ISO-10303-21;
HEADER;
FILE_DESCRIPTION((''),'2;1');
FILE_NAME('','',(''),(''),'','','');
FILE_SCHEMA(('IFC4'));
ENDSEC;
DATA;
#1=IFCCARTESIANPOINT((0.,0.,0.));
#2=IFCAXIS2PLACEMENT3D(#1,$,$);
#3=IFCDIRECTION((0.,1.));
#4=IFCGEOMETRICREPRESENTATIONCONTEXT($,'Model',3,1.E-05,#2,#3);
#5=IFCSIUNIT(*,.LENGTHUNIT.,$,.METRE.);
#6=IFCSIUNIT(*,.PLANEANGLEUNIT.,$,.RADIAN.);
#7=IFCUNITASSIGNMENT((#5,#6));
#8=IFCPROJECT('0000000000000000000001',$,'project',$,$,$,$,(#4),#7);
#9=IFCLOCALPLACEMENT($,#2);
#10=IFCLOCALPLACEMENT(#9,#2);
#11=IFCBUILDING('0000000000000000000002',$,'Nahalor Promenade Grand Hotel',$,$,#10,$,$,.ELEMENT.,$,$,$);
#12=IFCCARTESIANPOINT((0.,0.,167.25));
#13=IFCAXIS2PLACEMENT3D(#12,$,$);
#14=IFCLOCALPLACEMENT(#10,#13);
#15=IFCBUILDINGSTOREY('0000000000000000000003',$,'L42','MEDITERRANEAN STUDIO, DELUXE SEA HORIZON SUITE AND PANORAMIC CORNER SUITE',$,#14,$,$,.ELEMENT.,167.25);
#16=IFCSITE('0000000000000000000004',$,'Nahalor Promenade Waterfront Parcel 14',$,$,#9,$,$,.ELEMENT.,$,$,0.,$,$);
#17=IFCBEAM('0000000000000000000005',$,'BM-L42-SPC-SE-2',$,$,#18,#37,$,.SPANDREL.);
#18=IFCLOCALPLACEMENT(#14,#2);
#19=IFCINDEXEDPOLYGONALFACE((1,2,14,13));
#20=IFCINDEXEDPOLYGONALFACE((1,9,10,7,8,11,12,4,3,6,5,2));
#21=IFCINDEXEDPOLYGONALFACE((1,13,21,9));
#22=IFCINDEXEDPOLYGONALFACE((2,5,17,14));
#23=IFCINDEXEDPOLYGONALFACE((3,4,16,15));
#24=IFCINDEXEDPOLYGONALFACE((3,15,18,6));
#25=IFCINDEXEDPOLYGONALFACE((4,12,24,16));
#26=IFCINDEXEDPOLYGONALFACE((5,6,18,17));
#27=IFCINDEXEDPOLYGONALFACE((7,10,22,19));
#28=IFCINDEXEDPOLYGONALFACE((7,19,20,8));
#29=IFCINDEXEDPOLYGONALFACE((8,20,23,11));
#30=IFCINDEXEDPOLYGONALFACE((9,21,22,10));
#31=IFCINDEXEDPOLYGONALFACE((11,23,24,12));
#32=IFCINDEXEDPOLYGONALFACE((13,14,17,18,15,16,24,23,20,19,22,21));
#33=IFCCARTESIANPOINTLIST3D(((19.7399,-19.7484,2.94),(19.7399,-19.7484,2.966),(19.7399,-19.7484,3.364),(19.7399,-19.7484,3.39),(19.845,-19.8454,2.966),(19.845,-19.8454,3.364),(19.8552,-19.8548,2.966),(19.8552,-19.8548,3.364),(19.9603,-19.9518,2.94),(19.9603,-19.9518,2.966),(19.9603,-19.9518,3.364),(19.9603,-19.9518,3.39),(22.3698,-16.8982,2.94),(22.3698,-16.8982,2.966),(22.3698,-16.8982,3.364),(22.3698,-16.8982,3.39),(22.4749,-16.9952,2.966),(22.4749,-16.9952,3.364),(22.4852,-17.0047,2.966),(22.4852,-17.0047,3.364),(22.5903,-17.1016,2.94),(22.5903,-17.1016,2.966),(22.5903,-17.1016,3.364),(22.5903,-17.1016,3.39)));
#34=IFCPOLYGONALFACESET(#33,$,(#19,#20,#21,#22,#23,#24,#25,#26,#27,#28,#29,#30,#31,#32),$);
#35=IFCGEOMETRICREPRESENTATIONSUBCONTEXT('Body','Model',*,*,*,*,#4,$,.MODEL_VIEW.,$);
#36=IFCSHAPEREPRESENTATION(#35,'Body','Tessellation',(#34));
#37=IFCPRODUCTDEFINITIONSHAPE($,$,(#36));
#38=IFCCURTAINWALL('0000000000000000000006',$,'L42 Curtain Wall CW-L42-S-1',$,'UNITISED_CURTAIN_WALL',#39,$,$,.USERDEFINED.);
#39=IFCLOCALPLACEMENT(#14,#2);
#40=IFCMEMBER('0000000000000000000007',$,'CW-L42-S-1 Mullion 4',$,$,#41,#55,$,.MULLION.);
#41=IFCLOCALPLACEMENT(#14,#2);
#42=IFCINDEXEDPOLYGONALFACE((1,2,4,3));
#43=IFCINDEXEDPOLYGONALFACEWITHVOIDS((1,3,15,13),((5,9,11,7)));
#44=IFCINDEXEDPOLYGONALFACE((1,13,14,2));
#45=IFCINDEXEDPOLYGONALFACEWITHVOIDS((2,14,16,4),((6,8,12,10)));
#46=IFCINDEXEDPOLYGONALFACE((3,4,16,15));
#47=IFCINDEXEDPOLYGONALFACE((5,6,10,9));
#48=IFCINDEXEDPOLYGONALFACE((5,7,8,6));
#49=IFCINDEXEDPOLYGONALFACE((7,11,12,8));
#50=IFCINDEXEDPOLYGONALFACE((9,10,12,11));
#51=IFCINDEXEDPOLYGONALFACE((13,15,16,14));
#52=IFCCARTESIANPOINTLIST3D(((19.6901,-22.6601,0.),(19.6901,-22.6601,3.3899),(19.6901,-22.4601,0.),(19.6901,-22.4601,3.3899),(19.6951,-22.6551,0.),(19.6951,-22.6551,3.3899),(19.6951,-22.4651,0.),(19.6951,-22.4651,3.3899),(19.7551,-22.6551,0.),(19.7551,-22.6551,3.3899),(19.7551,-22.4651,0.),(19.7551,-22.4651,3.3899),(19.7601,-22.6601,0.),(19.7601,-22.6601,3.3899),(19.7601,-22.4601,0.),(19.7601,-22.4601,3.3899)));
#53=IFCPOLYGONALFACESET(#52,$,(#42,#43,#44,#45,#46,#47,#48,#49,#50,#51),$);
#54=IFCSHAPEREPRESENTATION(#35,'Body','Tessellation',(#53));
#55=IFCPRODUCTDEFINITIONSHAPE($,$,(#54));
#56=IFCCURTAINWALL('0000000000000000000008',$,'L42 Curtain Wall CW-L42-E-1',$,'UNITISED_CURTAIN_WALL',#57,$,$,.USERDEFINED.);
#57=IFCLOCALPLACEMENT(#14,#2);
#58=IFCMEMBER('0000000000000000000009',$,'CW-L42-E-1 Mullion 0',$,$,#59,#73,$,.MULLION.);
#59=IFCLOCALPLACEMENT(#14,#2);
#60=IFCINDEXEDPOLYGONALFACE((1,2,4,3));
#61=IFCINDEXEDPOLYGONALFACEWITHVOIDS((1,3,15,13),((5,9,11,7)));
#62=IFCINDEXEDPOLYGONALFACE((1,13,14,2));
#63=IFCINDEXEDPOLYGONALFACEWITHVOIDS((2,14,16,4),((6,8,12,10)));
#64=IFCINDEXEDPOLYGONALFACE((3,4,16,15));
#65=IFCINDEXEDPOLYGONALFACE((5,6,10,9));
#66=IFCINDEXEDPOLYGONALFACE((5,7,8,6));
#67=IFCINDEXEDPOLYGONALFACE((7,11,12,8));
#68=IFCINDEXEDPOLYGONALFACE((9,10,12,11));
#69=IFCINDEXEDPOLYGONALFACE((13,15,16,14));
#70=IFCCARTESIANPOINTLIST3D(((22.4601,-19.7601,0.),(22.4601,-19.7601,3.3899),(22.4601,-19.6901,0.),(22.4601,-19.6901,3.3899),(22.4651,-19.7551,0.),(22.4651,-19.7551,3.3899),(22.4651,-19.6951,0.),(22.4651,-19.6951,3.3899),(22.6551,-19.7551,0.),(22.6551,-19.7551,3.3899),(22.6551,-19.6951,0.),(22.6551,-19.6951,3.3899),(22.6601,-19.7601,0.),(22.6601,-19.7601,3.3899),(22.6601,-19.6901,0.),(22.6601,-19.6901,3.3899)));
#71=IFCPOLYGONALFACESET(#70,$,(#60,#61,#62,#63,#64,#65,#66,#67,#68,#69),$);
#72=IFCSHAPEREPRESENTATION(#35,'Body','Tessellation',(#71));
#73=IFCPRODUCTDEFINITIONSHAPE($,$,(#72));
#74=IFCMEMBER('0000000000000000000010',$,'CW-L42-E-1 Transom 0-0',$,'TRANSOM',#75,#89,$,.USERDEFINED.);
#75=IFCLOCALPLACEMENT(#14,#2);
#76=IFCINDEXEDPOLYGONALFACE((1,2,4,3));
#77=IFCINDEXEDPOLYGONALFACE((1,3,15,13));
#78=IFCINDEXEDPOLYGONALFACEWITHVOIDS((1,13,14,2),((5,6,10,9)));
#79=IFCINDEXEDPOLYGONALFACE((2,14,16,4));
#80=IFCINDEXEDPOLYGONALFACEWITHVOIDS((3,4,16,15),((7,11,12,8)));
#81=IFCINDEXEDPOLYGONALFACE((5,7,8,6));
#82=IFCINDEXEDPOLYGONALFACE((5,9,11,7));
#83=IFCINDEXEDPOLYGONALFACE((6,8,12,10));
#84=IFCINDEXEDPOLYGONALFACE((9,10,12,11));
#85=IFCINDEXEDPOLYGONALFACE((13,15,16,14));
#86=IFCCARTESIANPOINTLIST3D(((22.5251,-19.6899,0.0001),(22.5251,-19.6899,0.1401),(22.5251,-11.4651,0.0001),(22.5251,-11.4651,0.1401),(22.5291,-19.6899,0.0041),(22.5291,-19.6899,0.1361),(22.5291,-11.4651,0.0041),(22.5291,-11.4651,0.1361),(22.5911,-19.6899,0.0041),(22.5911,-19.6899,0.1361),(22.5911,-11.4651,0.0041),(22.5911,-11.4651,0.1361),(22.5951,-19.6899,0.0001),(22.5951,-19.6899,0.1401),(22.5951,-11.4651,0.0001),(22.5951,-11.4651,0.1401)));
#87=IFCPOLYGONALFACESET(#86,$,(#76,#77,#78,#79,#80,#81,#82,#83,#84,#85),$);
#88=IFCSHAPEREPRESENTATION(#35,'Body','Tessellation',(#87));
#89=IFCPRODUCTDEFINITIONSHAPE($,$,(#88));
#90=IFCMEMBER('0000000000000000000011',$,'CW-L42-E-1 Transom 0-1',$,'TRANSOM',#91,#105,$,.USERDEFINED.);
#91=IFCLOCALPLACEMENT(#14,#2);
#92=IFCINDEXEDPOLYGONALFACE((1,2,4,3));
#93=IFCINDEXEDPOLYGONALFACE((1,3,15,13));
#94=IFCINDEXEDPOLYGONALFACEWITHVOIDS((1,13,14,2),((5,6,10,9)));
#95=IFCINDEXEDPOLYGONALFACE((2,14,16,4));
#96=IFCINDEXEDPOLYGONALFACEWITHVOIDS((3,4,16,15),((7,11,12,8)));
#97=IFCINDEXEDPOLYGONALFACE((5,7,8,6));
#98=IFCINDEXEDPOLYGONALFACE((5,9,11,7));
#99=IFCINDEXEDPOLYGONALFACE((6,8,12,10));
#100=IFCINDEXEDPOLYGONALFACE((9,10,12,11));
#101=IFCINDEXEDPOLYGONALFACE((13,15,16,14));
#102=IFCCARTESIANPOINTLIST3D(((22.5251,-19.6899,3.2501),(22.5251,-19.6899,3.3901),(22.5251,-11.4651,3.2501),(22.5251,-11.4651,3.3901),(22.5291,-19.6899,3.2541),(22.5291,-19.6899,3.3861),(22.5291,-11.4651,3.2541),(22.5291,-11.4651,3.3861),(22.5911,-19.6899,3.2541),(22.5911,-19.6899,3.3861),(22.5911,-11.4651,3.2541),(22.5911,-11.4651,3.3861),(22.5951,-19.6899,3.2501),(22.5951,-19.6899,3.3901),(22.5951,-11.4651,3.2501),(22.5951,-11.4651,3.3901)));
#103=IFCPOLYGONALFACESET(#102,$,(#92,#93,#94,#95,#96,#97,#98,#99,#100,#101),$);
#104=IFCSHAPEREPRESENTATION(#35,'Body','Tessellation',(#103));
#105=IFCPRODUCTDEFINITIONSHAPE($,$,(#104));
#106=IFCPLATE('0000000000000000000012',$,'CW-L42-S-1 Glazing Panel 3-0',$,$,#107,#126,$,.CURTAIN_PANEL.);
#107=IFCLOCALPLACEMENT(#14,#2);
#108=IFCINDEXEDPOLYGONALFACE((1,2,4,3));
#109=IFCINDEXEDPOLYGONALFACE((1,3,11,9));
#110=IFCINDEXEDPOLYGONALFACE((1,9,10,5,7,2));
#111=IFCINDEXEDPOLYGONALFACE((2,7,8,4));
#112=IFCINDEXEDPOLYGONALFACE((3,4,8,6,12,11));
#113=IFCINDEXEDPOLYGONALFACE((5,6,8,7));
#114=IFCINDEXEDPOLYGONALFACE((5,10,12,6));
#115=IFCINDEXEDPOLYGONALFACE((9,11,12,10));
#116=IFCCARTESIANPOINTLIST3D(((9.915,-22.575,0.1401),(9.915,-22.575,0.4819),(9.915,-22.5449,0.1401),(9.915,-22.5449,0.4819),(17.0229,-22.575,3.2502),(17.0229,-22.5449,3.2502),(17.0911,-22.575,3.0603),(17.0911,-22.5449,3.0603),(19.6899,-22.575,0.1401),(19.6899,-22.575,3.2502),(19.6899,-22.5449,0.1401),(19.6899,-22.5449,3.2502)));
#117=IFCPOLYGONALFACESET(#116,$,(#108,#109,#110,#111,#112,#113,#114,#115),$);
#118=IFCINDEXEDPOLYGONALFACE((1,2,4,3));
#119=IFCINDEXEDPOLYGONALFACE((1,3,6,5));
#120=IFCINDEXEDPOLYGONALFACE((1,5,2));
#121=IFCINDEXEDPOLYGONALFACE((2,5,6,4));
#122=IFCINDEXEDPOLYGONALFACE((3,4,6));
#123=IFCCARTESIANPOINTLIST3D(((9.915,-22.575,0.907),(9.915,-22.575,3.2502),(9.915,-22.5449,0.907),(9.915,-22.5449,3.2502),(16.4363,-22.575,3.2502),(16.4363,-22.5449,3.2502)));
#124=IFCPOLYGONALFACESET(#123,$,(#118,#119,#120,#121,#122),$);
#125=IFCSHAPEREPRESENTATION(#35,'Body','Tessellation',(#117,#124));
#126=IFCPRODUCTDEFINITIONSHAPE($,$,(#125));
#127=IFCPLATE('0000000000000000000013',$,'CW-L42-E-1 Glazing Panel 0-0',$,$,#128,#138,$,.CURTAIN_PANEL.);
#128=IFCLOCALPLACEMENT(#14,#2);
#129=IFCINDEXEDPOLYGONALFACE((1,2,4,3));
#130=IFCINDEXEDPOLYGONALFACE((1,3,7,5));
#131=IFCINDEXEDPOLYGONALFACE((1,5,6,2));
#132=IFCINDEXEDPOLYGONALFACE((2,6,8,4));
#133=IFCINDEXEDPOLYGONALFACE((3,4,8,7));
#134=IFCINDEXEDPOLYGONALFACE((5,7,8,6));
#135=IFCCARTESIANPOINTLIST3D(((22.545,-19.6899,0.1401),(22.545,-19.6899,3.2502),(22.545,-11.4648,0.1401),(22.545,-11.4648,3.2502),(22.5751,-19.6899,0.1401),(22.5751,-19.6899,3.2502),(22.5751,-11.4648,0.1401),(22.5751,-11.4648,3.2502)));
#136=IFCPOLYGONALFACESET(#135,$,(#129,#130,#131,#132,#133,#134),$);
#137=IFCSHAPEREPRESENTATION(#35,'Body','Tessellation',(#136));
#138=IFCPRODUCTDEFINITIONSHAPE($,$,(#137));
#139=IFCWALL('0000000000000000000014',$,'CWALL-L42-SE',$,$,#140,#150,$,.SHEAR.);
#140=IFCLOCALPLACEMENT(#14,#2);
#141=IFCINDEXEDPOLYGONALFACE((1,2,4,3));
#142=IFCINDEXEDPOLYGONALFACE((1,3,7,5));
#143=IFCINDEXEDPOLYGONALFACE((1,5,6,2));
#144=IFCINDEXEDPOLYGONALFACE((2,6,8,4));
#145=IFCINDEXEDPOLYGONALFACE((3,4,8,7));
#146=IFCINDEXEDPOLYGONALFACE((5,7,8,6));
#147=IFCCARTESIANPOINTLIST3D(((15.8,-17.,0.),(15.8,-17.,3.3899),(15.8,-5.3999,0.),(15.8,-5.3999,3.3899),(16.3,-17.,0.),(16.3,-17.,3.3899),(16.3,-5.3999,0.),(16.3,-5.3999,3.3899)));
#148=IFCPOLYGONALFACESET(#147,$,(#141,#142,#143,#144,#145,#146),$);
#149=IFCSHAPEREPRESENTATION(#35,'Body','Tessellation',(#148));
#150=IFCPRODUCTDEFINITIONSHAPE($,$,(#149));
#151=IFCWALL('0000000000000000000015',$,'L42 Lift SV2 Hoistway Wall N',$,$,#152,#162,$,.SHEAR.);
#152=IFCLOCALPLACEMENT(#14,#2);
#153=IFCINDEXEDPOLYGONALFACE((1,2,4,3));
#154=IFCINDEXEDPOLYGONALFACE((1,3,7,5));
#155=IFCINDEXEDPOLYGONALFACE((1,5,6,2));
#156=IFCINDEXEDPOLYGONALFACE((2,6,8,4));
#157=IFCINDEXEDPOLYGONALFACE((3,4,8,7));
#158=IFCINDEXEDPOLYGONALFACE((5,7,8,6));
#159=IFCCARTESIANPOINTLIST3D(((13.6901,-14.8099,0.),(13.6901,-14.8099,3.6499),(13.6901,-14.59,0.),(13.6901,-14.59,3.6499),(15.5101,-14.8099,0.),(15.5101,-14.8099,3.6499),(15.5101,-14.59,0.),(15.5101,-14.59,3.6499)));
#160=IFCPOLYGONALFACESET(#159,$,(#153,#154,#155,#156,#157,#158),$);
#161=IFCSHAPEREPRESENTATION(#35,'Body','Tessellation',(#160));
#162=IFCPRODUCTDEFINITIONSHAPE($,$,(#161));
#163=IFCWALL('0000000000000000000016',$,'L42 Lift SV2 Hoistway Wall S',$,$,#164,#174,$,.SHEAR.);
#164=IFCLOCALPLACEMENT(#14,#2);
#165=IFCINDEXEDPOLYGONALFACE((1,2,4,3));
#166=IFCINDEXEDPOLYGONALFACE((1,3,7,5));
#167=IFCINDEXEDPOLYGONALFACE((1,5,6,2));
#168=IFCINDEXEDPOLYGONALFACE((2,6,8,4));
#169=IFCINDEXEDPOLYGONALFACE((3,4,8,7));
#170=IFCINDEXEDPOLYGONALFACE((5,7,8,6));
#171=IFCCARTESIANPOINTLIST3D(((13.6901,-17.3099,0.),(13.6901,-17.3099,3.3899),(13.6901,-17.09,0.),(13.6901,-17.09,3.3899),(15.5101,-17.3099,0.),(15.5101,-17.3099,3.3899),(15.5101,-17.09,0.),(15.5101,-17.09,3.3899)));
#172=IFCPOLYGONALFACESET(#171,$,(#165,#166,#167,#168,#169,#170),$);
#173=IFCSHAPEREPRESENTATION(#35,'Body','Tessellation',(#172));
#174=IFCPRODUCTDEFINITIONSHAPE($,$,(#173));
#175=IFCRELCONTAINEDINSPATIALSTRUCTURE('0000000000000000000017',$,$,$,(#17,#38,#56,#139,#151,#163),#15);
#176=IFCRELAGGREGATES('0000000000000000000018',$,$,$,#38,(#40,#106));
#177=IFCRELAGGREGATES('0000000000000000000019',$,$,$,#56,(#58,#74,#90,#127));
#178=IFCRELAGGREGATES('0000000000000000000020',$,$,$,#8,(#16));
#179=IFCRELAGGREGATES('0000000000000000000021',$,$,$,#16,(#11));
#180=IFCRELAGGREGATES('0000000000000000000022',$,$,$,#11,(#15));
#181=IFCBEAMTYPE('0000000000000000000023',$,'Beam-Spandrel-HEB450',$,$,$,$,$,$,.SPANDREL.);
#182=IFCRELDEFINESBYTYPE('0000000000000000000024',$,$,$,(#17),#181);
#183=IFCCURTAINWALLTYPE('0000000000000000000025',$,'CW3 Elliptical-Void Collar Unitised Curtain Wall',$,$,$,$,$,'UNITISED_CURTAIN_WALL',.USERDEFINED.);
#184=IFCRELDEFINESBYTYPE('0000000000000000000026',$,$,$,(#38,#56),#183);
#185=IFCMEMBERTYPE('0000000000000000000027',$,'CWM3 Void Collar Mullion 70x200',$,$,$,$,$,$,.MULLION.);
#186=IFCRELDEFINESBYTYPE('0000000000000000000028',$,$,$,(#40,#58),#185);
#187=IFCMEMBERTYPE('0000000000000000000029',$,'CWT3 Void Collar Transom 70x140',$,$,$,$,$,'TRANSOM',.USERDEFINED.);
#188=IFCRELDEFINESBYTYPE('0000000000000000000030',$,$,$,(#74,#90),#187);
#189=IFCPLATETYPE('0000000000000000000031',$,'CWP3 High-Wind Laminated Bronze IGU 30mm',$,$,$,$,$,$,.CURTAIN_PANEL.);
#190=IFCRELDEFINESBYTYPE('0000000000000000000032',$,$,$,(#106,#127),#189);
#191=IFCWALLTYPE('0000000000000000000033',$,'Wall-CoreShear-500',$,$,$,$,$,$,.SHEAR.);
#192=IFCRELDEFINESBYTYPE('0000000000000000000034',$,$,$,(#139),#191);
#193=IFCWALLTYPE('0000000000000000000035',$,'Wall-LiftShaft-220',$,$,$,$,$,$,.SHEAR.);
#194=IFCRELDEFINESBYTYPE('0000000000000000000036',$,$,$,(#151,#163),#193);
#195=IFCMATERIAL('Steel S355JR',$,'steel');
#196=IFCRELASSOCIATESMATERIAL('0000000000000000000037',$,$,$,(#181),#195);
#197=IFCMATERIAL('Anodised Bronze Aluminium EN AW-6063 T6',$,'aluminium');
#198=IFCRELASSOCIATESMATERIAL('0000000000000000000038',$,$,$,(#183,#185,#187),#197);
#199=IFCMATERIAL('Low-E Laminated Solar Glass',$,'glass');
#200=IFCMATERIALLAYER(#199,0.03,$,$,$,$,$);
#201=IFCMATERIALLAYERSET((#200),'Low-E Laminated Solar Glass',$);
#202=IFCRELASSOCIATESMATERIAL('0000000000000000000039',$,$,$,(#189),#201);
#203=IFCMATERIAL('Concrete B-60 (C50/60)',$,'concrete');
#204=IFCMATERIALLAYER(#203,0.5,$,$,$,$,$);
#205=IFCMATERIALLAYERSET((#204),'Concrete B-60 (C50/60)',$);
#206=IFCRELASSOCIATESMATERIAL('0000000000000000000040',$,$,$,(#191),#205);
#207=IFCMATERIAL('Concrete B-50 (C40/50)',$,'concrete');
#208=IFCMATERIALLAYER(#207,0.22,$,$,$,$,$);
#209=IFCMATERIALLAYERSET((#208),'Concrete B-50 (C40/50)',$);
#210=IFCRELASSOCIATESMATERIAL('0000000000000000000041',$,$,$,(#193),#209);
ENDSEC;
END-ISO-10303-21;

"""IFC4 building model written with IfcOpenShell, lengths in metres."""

from ifc_helpers import new_model, si_unit, direction, frame, frame_2d, origin, origin_2d, place, context, subcontext, project, spatial, polyline, rectangle, hollow_rectangle, i_section, outline, extrude, source, transform, mapped, material, layer, layer_set, material_profile, profile_set, type_object, element, aggregate, save


model = new_model("IFC4")

# Units and contexts
model_context = context("Model", 3, precision=1e-05, world=origin(), true_north=direction((0.0, 1.0)))
body_context = subcontext(model_context, "Body", "Model", "MODEL_VIEW")
ifc_project = project(units=[si_unit("LENGTHUNIT", "METRE"), si_unit("PLANEANGLEUNIT", "RADIAN")], contexts=[model_context])

# Site, building, storey
site_placement = place(None, origin())
site = spatial("IfcSite", under=ifc_project, at=site_placement, Name="Nahalor Promenade Waterfront Parcel 14", CompositionType="ELEMENT", RefElevation=0.0)
building_placement = place(site_placement, origin())
building = spatial("IfcBuilding", under=site, at=building_placement, Name="Nahalor Promenade Grand Hotel", CompositionType="ELEMENT")
storey_placement = place(building_placement, frame((0.0, 0.0, 167.25)))
storey = spatial("IfcBuildingStorey", under=building, at=storey_placement, Name="L42", Description="MEDITERRANEAN STUDIO, DELUXE SEA HORIZON SUITE AND PANORAMIC CORNER SUITE", CompositionType="ELEMENT", Elevation=167.25)

# Shared definitions
ifc_material_1 = material(Name="Concrete B-60 (C50/60)", Category="concrete")

# Beam
ifc_material_2 = material(Name="Steel S355JR", Category="steel")
ifc_material_profile_1 = material_profile(ifc_material_2, i_section(OverallWidth=0.3, OverallDepth=0.45, WebThickness=0.014, FlangeThickness=0.026, at=origin_2d()), Name="HEB 450")
ifc_profile_set_1 = profile_set([ifc_material_profile_1], Name="Steel S355JR")
beam_type_1 = type_object("IfcBeamType", Name="Beam-Spandrel-HEB450", PredefinedType="SPANDREL", material=ifc_profile_set_1)
shared_shape_1 = source(origin(), body_context, "Body", "SweptSolid", [
    extrude(i_section(OverallWidth=0.3, OverallDepth=0.45, WebThickness=0.014, FlangeThickness=0.026, at=origin_2d()), origin(), (0.0, 0.0, 1.0), 3.8782),
])
for number, where, z_axis, x_axis, name in (
    (1, (19.8501, -19.8501, 3.165), (0.678144, 0.734929, 0.0), (-0.734929, 0.678144, 0.0), "BM-L42-SPC-SE-2"),
):
    element("IfcBeam", number, at=place(storey_placement, frame(where, z_axis=z_axis, x_axis=x_axis)), inside=storey, type_object=beam_type_1, Name=name, PredefinedType="SPANDREL", context=body_context, shape_type="MappedRepresentation", body=[
        mapped(shared_shape_1, transform((0.0, 0.0, 0.0), scale=1.0)),
    ])

# Curtain wall, member
ifc_material_3 = material(Name="Anodised Bronze Aluminium EN AW-6063 T6", Category="aluminium")
curtain_wall_type = type_object("IfcCurtainWallType", Name="CW3 Elliptical-Void Collar Unitised Curtain Wall", ElementType="UNITISED_CURTAIN_WALL", PredefinedType="USERDEFINED", material=ifc_material_3)
curtain_wall_1_placement = place(storey_placement, origin())
curtain_wall_1 = element("IfcCurtainWall", 2, at=curtain_wall_1_placement, inside=storey, type_object=curtain_wall_type, Name="L42 Curtain Wall CW-L42-S-1", ObjectType="UNITISED_CURTAIN_WALL", PredefinedType="USERDEFINED")
ifc_material_profile_2 = material_profile(ifc_material_3, hollow_rectangle(XDim=0.07, YDim=0.2, WallThickness=0.005, at=origin_2d()), Name="CWM 70x200x5")
ifc_profile_set_2 = profile_set([ifc_material_profile_2], Name="Anodised Bronze Aluminium EN AW-6063 T6")
member_type_1 = type_object("IfcMemberType", Name="CWM3 Void Collar Mullion 70x200", PredefinedType="MULLION", material=ifc_profile_set_2)
shared_shape_2 = source(origin(), body_context, "Body", "SweptSolid", [
    extrude(hollow_rectangle(XDim=0.07, YDim=0.2, WallThickness=0.005, at=origin_2d()), origin(), (0.0, 0.0, 1.0), 3.3899),
])
member_1_placement = place(storey_placement, frame((19.7251, -22.5601, 0.0), z_axis=(0.0, 0.0, 1.0), x_axis=(1.0, 0.0, 0.0)))
member_1 = element("IfcMember", 3, at=member_1_placement, type_object=member_type_1, Name="CW-L42-S-1 Mullion 4", PredefinedType="MULLION", context=body_context, shape_type="MappedRepresentation", body=[
    mapped(shared_shape_2, transform((0.0, 0.0, 0.0), scale=1.0)),
])

# Curtain wall, members
curtain_wall_2_placement = place(storey_placement, origin())
curtain_wall_2 = element("IfcCurtainWall", 4, at=curtain_wall_2_placement, inside=storey, type_object=curtain_wall_type, Name="L42 Curtain Wall CW-L42-E-1", ObjectType="UNITISED_CURTAIN_WALL", PredefinedType="USERDEFINED")
member_2_placement = place(storey_placement, frame((22.5601, -19.7251, 0.0), z_axis=(0.0, 0.0, 1.0), x_axis=(0.0, 1.0, 0.0)))
member_2 = element("IfcMember", 5, at=member_2_placement, type_object=member_type_1, Name="CW-L42-E-1 Mullion 0", PredefinedType="MULLION", context=body_context, shape_type="MappedRepresentation", body=[
    mapped(shared_shape_2, transform((0.0, 0.0, 0.0), scale=1.0)),
])
ifc_material_profile_3 = material_profile(ifc_material_3, hollow_rectangle(XDim=0.07, YDim=0.14, WallThickness=0.004, at=origin_2d()), Name="CWT 70x140x4")
ifc_profile_set_3 = profile_set([ifc_material_profile_3], Name="Anodised Bronze Aluminium EN AW-6063 T6")
member_type_2 = type_object("IfcMemberType", Name="CWT3 Void Collar Transom 70x140", ElementType="TRANSOM", PredefinedType="USERDEFINED", material=ifc_profile_set_3)
shared_shape_3 = source(origin(), body_context, "Body", "SweptSolid", [
    extrude(hollow_rectangle(XDim=0.07, YDim=0.14, WallThickness=0.004, at=origin_2d()), origin(), (0.0, 0.0, 1.0), 8.2249),
])
member_3_placement = place(storey_placement, frame((22.5601, -19.6899, 0.0701), z_axis=(0.0, 1.0, 0.0), x_axis=(-1.0, 0.0, 0.0)))
member_3 = element("IfcMember", 6, at=member_3_placement, type_object=member_type_2, Name="CW-L42-E-1 Transom 0-0", ObjectType="TRANSOM", PredefinedType="USERDEFINED", context=body_context, shape_type="MappedRepresentation", body=[
    mapped(shared_shape_3, transform((0.0, 0.0, 0.0), scale=1.0)),
])
member_4_placement = place(storey_placement, frame((22.5601, -19.6899, 3.3201), z_axis=(0.0, 1.0, 0.0), x_axis=(-1.0, 0.0, 0.0)))
member_4 = element("IfcMember", 7, at=member_4_placement, type_object=member_type_2, Name="CW-L42-E-1 Transom 0-1", ObjectType="TRANSOM", PredefinedType="USERDEFINED", context=body_context, shape_type="MappedRepresentation", body=[
    mapped(shared_shape_3, transform((0.0, 0.0, 0.0), scale=1.0)),
])

# Plates
ifc_material_4 = material(Name="Low-E Laminated Solar Glass", Category="glass")
ifc_layer_1 = layer(ifc_material_4, 0.03)
ifc_layer_set_1 = layer_set([ifc_layer_1], Name="Low-E Laminated Solar Glass")
plate_type = type_object("IfcPlateType", Name="CWP3 High-Wind Laminated Bronze IGU 30mm", PredefinedType="CURTAIN_PANEL", material=ifc_layer_set_1)
plate_1_placement = place(storey_placement, frame((14.8025, -22.5601, 0.1401), z_axis=(0.0, 0.0, 1.0), x_axis=(1.0, 0.0, 0.0)))
plate_1 = element("IfcPlate", 8, at=plate_1_placement, type_object=plate_type, Name="CW-L42-S-1 Glazing Panel 3-0", PredefinedType="CURTAIN_PANEL", context=body_context, shape_type="SweptSolid", body=[
    extrude(outline(polyline([(4.8875, 0.0), (4.8875, 3.1101), (2.2205, 3.1101), (2.2886, 2.9202), (-4.8875, 0.3418), (-4.8875, 0.0), (4.8875, 0.0)])), frame((0.0, 0.0151, 0.0), z_axis=(0.0, -1.0, 0.0), x_axis=(1.0, 0.0, 0.0)), (0.0, 0.0, 1.0), 0.03),
    extrude(outline(polyline([(1.6338, 3.1101), (-4.8875, 3.1101), (-4.8875, 0.7668), (1.6338, 3.1101)])), frame((0.0, 0.0151, 0.0), z_axis=(0.0, -1.0, 0.0), x_axis=(1.0, 0.0, 0.0)), (0.0, 0.0, 1.0), 0.03),
])
aggregate(curtain_wall_1, [member_1, plate_1])
shared_shape_4 = source(origin(), body_context, "Body", "SweptSolid", [
    extrude(rectangle(XDim=8.2251, YDim=0.03, at=origin_2d()), origin(), (0.0, 0.0, 1.0), 3.1101),
])
plate_2_placement = place(storey_placement, frame((22.5601, -15.5774, 0.1401), z_axis=(0.0, 0.0, 1.0), x_axis=(0.0, 1.0, 0.0)))
plate_2 = element("IfcPlate", 9, at=plate_2_placement, type_object=plate_type, Name="CW-L42-E-1 Glazing Panel 0-0", PredefinedType="CURTAIN_PANEL", context=body_context, shape_type="MappedRepresentation", body=[
    mapped(shared_shape_4, transform((0.0, 0.0, 0.0), scale=1.0)),
])
aggregate(curtain_wall_2, [member_2, member_3, member_4, plate_2])

# Walls
ifc_layer_2 = layer(ifc_material_1, 0.5)
ifc_layer_set_2 = layer_set([ifc_layer_2], Name="Concrete B-60 (C50/60)")
wall_type_1 = type_object("IfcWallType", Name="Wall-CoreShear-500", PredefinedType="SHEAR", material=ifc_layer_set_2)
shared_shape_5 = source(origin(), body_context, "Body", "SweptSolid", [
    extrude(rectangle(XDim=11.6001, YDim=0.5, at=frame_2d((5.8, 0.0))), origin(), (0.0, 0.0, 1.0), 3.3899),
])
wall_1_placement = place(storey_placement, frame((16.05, -17.0, 0.0), z_axis=(0.0, 0.0, 1.0), x_axis=(0.0, 1.0, 0.0)))
element("IfcWall", 10, at=wall_1_placement, inside=storey, type_object=wall_type_1, Name="CWALL-L42-SE", PredefinedType="SHEAR", context=body_context, shape_type="MappedRepresentation", body=[
    mapped(shared_shape_5, transform((0.0, 0.0, 0.0), scale=1.0)),
])
ifc_material_5 = material(Name="Concrete B-50 (C40/50)", Category="concrete")
ifc_layer_3 = layer(ifc_material_5, 0.22)
ifc_layer_set_3 = layer_set([ifc_layer_3], Name="Concrete B-50 (C40/50)")
wall_type_2 = type_object("IfcWallType", Name="Wall-LiftShaft-220", PredefinedType="SHEAR", material=ifc_layer_set_3)
shared_shape_6 = source(origin(), body_context, "Body", "SweptSolid", [
    extrude(rectangle(XDim=1.8201, YDim=0.22, at=frame_2d((0.9102, 0.0))), origin(), (0.0, 0.0, 1.0), 3.6499),
])
wall_2_placement = place(storey_placement, frame((13.6899, -14.7, 0.0), z_axis=(0.0, 0.0, 1.0), x_axis=(1.0, 0.0, 0.0)))
element("IfcWall", 11, at=wall_2_placement, inside=storey, type_object=wall_type_2, Name="L42 Lift SV2 Hoistway Wall N", PredefinedType="SHEAR", context=body_context, shape_type="MappedRepresentation", body=[
    mapped(shared_shape_6, transform((0.0, 0.0, 0.0), scale=1.0)),
])
shared_shape_7 = source(origin(), body_context, "Body", "SweptSolid", [
    extrude(rectangle(XDim=1.8201, YDim=0.22, at=frame_2d((0.9102, 0.0))), origin(), (0.0, 0.0, 1.0), 3.3899),
])
wall_3_placement = place(storey_placement, frame((13.6899, -17.2, 0.0), z_axis=(0.0, 0.0, 1.0), x_axis=(1.0, 0.0, 0.0)))
element("IfcWall", 12, at=wall_3_placement, inside=storey, type_object=wall_type_2, Name="L42 Lift SV2 Hoistway Wall S", PredefinedType="SHEAR", context=body_context, shape_type="MappedRepresentation", body=[
    mapped(shared_shape_7, transform((0.0, 0.0, 0.0), scale=1.0)),
])

save(model, "model.ifc")
